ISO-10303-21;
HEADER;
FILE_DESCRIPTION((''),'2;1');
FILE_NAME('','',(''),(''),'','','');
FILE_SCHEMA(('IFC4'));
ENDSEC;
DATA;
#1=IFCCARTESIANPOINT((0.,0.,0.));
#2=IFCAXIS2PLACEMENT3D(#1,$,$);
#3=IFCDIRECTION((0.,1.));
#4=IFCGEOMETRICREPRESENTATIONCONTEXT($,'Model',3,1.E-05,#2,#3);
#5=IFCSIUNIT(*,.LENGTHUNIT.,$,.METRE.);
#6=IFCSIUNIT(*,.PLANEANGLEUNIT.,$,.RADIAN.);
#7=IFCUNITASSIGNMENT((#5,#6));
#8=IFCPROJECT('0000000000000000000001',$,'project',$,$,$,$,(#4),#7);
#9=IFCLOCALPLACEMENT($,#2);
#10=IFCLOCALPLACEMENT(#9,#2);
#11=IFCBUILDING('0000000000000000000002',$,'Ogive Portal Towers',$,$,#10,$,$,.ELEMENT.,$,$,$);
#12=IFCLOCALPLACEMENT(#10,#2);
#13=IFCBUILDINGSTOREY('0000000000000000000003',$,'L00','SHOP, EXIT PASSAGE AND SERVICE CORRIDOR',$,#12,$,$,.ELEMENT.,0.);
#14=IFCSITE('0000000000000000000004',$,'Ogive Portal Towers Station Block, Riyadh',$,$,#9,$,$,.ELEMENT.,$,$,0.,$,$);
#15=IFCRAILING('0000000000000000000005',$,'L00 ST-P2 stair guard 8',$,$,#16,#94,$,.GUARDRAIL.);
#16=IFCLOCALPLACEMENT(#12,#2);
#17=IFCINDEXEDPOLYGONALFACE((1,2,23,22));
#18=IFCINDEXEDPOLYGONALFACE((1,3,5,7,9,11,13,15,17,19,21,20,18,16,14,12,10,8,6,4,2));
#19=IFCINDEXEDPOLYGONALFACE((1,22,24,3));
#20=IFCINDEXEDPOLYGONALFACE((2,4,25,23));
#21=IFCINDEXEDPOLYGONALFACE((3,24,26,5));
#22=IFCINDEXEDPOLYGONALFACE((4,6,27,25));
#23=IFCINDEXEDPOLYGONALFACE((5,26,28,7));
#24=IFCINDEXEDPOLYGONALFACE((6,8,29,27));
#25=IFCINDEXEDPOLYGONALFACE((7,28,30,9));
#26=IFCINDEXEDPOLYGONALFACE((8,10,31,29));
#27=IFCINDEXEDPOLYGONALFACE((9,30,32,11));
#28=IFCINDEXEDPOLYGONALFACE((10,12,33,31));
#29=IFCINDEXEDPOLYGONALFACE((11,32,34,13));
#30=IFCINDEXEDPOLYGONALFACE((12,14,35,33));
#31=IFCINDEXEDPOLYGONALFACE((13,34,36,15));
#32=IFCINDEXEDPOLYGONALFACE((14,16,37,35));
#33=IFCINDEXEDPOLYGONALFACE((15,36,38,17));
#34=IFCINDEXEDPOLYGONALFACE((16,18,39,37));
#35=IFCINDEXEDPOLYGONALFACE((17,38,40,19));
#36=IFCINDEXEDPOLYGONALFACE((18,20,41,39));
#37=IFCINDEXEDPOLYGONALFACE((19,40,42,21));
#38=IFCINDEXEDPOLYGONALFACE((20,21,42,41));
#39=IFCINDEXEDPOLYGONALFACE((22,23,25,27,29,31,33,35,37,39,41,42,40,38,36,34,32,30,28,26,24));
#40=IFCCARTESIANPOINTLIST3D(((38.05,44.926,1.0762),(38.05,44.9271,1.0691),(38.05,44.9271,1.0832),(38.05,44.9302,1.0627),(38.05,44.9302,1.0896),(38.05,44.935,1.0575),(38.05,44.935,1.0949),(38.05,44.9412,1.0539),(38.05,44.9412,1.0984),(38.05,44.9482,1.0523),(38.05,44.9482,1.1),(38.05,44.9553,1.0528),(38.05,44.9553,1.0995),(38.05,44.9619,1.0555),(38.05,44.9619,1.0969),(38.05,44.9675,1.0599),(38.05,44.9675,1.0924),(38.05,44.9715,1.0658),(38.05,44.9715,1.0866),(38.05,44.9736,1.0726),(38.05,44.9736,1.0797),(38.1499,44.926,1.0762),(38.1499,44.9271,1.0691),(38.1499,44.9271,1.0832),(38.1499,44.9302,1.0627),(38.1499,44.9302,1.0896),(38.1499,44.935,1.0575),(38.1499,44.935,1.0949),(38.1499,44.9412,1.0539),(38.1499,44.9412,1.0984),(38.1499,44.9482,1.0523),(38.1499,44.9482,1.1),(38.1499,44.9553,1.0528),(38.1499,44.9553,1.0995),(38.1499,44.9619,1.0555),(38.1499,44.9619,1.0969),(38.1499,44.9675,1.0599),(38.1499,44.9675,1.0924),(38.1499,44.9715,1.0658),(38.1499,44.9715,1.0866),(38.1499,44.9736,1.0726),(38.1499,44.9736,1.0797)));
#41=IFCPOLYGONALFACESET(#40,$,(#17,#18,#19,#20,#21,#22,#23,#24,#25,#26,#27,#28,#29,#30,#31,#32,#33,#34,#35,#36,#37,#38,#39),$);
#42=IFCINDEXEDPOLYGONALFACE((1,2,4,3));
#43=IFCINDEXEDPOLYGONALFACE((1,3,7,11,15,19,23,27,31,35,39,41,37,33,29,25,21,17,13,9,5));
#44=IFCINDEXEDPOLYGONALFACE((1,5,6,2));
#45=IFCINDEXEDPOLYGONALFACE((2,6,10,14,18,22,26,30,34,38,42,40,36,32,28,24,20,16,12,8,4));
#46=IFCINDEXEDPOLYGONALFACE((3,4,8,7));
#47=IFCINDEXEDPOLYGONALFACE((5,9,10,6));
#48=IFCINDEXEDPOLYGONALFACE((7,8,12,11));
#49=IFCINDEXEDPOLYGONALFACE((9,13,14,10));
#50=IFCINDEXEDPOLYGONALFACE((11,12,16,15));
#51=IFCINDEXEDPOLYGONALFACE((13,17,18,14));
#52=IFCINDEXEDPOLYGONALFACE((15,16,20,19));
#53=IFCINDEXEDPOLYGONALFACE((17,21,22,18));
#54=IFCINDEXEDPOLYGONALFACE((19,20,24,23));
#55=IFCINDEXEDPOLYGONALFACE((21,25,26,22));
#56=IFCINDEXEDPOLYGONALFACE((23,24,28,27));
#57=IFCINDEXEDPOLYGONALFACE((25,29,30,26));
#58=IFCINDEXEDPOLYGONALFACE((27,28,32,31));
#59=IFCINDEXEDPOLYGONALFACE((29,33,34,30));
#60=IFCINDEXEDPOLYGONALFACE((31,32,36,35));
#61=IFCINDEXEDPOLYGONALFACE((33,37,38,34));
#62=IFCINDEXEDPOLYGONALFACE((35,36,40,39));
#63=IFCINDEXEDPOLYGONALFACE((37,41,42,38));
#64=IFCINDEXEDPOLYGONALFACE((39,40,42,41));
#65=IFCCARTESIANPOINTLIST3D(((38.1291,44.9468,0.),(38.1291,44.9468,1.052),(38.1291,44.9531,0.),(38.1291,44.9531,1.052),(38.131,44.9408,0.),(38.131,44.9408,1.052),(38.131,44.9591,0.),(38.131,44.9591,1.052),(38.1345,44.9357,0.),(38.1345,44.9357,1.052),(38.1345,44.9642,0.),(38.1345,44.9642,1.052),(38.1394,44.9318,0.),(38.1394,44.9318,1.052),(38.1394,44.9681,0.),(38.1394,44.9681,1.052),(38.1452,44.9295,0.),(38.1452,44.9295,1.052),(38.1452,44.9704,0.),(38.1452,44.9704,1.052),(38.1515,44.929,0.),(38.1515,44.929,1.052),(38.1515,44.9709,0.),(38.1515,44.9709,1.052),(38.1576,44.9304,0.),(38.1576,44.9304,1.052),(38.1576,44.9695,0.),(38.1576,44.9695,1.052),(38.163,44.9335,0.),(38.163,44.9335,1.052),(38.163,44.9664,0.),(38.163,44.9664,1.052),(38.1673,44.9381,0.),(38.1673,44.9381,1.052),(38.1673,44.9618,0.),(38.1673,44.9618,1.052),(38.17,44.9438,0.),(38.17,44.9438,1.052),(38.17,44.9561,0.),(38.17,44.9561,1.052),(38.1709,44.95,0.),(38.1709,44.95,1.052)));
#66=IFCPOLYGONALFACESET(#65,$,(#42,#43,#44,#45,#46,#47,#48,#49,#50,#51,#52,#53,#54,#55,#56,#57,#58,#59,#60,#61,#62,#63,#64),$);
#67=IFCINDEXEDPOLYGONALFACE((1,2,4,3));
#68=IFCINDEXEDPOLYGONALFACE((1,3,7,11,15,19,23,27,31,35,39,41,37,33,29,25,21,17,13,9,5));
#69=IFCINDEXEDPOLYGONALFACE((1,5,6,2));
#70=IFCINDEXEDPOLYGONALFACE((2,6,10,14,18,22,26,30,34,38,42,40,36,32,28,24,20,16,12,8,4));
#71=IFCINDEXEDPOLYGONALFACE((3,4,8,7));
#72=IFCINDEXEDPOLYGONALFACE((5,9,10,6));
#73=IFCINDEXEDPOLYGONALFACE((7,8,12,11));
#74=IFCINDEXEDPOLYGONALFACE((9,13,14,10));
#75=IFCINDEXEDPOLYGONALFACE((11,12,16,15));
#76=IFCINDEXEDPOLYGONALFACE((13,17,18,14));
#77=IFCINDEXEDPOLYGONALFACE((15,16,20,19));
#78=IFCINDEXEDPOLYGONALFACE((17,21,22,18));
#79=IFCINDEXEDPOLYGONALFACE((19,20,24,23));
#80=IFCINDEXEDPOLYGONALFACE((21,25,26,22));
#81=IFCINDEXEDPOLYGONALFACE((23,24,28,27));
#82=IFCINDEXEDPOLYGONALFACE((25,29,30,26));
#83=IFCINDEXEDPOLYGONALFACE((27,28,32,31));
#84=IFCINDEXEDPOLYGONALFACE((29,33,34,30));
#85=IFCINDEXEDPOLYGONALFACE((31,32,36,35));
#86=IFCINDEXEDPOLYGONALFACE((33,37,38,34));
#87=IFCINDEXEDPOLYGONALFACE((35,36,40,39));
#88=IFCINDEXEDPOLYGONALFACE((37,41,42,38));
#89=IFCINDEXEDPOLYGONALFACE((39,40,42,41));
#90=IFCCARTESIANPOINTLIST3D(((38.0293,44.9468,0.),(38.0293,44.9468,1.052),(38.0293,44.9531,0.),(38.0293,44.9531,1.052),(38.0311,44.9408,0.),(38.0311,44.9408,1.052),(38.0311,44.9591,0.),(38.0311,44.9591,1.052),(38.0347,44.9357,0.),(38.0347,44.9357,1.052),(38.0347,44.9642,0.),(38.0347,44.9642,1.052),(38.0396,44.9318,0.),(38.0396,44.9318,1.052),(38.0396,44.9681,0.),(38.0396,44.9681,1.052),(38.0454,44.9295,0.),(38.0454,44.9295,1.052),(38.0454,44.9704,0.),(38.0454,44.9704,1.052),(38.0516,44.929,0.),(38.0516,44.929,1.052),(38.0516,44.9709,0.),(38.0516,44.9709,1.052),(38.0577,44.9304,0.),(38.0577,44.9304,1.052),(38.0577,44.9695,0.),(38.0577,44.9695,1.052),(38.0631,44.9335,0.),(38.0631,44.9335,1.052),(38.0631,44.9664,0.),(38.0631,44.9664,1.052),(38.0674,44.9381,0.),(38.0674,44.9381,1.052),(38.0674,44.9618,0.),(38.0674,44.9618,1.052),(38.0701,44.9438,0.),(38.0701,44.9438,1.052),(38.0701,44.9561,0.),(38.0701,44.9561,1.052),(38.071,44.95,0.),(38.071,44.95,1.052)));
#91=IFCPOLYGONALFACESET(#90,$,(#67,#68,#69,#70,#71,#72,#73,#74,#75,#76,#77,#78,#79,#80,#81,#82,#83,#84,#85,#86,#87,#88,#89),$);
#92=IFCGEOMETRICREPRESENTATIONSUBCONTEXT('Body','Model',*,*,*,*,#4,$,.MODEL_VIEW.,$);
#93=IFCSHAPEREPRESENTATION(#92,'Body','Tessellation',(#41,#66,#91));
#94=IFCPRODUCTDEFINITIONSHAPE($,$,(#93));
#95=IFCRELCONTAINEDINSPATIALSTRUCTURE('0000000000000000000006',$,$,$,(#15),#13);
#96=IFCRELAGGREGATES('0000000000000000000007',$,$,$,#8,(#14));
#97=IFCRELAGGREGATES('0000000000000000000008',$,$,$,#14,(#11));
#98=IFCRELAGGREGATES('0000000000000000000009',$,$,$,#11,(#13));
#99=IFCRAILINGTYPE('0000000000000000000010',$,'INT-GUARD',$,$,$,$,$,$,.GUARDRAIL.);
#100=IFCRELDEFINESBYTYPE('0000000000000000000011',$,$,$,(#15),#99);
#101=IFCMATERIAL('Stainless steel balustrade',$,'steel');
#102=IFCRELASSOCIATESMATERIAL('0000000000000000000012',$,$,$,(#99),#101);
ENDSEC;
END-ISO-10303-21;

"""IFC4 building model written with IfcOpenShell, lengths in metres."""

from ifc_helpers import new_model, si_unit, direction, frame, origin, origin_2d, place, context, subcontext, project, spatial, circle, extrude, material, type_object, element, save


model = new_model("IFC4")

# Units and contexts
model_context = context("Model", 3, precision=1e-05, world=origin(), true_north=direction((0.0, 1.0)))
body_context = subcontext(model_context, "Body", "Model", "MODEL_VIEW")
ifc_project = project(units=[si_unit("LENGTHUNIT", "METRE"), si_unit("PLANEANGLEUNIT", "RADIAN")], contexts=[model_context])

# Site, building, storey
site_placement = place(None, origin())
site = spatial("IfcSite", under=ifc_project, at=site_placement, Name="Ogive Portal Towers Station Block, Riyadh", CompositionType="ELEMENT", RefElevation=0.0)
building_placement = place(site_placement, origin())
building = spatial("IfcBuilding", under=site, at=building_placement, Name="Ogive Portal Towers", CompositionType="ELEMENT")
storey_placement = place(building_placement, origin())
storey = spatial("IfcBuildingStorey", under=building, at=storey_placement, Name="L00", Description="SHOP, EXIT PASSAGE AND SERVICE CORRIDOR", CompositionType="ELEMENT", Elevation=0.0)

# Railing
ifc_material_1 = material(Name="Stainless steel balustrade", Category="steel")
railing_type_1 = type_object("IfcRailingType", Name="INT-GUARD", PredefinedType="GUARDRAIL", material=ifc_material_1)
railing_1_placement = place(storey_placement, frame((38.1499, 44.95, 0.0)))
element("IfcRailing", 1, at=railing_1_placement, inside=storey, type_object=railing_type_1, Name="L00 ST-P2 stair guard 8", PredefinedType="GUARDRAIL", context=body_context, shape_type="SweptSolid", body=[
    extrude(circle(Radius=0.0239, at=origin_2d()), frame((0.0, 0.0, 1.0762), z_axis=(-1.0, 0.0, 0.0), x_axis=(0.0, -1.0, 0.0)), (0.0, 0.0, 1.0), 0.0999),
    extrude(circle(Radius=0.021, at=origin_2d()), origin(), (0.0, 0.0, 1.0), 1.052),
    extrude(circle(Radius=0.021, at=origin_2d()), frame((-0.0999, 0.0, 0.0)), (0.0, 0.0, 1.0), 1.052),
])

save(model, "model.ifc")
